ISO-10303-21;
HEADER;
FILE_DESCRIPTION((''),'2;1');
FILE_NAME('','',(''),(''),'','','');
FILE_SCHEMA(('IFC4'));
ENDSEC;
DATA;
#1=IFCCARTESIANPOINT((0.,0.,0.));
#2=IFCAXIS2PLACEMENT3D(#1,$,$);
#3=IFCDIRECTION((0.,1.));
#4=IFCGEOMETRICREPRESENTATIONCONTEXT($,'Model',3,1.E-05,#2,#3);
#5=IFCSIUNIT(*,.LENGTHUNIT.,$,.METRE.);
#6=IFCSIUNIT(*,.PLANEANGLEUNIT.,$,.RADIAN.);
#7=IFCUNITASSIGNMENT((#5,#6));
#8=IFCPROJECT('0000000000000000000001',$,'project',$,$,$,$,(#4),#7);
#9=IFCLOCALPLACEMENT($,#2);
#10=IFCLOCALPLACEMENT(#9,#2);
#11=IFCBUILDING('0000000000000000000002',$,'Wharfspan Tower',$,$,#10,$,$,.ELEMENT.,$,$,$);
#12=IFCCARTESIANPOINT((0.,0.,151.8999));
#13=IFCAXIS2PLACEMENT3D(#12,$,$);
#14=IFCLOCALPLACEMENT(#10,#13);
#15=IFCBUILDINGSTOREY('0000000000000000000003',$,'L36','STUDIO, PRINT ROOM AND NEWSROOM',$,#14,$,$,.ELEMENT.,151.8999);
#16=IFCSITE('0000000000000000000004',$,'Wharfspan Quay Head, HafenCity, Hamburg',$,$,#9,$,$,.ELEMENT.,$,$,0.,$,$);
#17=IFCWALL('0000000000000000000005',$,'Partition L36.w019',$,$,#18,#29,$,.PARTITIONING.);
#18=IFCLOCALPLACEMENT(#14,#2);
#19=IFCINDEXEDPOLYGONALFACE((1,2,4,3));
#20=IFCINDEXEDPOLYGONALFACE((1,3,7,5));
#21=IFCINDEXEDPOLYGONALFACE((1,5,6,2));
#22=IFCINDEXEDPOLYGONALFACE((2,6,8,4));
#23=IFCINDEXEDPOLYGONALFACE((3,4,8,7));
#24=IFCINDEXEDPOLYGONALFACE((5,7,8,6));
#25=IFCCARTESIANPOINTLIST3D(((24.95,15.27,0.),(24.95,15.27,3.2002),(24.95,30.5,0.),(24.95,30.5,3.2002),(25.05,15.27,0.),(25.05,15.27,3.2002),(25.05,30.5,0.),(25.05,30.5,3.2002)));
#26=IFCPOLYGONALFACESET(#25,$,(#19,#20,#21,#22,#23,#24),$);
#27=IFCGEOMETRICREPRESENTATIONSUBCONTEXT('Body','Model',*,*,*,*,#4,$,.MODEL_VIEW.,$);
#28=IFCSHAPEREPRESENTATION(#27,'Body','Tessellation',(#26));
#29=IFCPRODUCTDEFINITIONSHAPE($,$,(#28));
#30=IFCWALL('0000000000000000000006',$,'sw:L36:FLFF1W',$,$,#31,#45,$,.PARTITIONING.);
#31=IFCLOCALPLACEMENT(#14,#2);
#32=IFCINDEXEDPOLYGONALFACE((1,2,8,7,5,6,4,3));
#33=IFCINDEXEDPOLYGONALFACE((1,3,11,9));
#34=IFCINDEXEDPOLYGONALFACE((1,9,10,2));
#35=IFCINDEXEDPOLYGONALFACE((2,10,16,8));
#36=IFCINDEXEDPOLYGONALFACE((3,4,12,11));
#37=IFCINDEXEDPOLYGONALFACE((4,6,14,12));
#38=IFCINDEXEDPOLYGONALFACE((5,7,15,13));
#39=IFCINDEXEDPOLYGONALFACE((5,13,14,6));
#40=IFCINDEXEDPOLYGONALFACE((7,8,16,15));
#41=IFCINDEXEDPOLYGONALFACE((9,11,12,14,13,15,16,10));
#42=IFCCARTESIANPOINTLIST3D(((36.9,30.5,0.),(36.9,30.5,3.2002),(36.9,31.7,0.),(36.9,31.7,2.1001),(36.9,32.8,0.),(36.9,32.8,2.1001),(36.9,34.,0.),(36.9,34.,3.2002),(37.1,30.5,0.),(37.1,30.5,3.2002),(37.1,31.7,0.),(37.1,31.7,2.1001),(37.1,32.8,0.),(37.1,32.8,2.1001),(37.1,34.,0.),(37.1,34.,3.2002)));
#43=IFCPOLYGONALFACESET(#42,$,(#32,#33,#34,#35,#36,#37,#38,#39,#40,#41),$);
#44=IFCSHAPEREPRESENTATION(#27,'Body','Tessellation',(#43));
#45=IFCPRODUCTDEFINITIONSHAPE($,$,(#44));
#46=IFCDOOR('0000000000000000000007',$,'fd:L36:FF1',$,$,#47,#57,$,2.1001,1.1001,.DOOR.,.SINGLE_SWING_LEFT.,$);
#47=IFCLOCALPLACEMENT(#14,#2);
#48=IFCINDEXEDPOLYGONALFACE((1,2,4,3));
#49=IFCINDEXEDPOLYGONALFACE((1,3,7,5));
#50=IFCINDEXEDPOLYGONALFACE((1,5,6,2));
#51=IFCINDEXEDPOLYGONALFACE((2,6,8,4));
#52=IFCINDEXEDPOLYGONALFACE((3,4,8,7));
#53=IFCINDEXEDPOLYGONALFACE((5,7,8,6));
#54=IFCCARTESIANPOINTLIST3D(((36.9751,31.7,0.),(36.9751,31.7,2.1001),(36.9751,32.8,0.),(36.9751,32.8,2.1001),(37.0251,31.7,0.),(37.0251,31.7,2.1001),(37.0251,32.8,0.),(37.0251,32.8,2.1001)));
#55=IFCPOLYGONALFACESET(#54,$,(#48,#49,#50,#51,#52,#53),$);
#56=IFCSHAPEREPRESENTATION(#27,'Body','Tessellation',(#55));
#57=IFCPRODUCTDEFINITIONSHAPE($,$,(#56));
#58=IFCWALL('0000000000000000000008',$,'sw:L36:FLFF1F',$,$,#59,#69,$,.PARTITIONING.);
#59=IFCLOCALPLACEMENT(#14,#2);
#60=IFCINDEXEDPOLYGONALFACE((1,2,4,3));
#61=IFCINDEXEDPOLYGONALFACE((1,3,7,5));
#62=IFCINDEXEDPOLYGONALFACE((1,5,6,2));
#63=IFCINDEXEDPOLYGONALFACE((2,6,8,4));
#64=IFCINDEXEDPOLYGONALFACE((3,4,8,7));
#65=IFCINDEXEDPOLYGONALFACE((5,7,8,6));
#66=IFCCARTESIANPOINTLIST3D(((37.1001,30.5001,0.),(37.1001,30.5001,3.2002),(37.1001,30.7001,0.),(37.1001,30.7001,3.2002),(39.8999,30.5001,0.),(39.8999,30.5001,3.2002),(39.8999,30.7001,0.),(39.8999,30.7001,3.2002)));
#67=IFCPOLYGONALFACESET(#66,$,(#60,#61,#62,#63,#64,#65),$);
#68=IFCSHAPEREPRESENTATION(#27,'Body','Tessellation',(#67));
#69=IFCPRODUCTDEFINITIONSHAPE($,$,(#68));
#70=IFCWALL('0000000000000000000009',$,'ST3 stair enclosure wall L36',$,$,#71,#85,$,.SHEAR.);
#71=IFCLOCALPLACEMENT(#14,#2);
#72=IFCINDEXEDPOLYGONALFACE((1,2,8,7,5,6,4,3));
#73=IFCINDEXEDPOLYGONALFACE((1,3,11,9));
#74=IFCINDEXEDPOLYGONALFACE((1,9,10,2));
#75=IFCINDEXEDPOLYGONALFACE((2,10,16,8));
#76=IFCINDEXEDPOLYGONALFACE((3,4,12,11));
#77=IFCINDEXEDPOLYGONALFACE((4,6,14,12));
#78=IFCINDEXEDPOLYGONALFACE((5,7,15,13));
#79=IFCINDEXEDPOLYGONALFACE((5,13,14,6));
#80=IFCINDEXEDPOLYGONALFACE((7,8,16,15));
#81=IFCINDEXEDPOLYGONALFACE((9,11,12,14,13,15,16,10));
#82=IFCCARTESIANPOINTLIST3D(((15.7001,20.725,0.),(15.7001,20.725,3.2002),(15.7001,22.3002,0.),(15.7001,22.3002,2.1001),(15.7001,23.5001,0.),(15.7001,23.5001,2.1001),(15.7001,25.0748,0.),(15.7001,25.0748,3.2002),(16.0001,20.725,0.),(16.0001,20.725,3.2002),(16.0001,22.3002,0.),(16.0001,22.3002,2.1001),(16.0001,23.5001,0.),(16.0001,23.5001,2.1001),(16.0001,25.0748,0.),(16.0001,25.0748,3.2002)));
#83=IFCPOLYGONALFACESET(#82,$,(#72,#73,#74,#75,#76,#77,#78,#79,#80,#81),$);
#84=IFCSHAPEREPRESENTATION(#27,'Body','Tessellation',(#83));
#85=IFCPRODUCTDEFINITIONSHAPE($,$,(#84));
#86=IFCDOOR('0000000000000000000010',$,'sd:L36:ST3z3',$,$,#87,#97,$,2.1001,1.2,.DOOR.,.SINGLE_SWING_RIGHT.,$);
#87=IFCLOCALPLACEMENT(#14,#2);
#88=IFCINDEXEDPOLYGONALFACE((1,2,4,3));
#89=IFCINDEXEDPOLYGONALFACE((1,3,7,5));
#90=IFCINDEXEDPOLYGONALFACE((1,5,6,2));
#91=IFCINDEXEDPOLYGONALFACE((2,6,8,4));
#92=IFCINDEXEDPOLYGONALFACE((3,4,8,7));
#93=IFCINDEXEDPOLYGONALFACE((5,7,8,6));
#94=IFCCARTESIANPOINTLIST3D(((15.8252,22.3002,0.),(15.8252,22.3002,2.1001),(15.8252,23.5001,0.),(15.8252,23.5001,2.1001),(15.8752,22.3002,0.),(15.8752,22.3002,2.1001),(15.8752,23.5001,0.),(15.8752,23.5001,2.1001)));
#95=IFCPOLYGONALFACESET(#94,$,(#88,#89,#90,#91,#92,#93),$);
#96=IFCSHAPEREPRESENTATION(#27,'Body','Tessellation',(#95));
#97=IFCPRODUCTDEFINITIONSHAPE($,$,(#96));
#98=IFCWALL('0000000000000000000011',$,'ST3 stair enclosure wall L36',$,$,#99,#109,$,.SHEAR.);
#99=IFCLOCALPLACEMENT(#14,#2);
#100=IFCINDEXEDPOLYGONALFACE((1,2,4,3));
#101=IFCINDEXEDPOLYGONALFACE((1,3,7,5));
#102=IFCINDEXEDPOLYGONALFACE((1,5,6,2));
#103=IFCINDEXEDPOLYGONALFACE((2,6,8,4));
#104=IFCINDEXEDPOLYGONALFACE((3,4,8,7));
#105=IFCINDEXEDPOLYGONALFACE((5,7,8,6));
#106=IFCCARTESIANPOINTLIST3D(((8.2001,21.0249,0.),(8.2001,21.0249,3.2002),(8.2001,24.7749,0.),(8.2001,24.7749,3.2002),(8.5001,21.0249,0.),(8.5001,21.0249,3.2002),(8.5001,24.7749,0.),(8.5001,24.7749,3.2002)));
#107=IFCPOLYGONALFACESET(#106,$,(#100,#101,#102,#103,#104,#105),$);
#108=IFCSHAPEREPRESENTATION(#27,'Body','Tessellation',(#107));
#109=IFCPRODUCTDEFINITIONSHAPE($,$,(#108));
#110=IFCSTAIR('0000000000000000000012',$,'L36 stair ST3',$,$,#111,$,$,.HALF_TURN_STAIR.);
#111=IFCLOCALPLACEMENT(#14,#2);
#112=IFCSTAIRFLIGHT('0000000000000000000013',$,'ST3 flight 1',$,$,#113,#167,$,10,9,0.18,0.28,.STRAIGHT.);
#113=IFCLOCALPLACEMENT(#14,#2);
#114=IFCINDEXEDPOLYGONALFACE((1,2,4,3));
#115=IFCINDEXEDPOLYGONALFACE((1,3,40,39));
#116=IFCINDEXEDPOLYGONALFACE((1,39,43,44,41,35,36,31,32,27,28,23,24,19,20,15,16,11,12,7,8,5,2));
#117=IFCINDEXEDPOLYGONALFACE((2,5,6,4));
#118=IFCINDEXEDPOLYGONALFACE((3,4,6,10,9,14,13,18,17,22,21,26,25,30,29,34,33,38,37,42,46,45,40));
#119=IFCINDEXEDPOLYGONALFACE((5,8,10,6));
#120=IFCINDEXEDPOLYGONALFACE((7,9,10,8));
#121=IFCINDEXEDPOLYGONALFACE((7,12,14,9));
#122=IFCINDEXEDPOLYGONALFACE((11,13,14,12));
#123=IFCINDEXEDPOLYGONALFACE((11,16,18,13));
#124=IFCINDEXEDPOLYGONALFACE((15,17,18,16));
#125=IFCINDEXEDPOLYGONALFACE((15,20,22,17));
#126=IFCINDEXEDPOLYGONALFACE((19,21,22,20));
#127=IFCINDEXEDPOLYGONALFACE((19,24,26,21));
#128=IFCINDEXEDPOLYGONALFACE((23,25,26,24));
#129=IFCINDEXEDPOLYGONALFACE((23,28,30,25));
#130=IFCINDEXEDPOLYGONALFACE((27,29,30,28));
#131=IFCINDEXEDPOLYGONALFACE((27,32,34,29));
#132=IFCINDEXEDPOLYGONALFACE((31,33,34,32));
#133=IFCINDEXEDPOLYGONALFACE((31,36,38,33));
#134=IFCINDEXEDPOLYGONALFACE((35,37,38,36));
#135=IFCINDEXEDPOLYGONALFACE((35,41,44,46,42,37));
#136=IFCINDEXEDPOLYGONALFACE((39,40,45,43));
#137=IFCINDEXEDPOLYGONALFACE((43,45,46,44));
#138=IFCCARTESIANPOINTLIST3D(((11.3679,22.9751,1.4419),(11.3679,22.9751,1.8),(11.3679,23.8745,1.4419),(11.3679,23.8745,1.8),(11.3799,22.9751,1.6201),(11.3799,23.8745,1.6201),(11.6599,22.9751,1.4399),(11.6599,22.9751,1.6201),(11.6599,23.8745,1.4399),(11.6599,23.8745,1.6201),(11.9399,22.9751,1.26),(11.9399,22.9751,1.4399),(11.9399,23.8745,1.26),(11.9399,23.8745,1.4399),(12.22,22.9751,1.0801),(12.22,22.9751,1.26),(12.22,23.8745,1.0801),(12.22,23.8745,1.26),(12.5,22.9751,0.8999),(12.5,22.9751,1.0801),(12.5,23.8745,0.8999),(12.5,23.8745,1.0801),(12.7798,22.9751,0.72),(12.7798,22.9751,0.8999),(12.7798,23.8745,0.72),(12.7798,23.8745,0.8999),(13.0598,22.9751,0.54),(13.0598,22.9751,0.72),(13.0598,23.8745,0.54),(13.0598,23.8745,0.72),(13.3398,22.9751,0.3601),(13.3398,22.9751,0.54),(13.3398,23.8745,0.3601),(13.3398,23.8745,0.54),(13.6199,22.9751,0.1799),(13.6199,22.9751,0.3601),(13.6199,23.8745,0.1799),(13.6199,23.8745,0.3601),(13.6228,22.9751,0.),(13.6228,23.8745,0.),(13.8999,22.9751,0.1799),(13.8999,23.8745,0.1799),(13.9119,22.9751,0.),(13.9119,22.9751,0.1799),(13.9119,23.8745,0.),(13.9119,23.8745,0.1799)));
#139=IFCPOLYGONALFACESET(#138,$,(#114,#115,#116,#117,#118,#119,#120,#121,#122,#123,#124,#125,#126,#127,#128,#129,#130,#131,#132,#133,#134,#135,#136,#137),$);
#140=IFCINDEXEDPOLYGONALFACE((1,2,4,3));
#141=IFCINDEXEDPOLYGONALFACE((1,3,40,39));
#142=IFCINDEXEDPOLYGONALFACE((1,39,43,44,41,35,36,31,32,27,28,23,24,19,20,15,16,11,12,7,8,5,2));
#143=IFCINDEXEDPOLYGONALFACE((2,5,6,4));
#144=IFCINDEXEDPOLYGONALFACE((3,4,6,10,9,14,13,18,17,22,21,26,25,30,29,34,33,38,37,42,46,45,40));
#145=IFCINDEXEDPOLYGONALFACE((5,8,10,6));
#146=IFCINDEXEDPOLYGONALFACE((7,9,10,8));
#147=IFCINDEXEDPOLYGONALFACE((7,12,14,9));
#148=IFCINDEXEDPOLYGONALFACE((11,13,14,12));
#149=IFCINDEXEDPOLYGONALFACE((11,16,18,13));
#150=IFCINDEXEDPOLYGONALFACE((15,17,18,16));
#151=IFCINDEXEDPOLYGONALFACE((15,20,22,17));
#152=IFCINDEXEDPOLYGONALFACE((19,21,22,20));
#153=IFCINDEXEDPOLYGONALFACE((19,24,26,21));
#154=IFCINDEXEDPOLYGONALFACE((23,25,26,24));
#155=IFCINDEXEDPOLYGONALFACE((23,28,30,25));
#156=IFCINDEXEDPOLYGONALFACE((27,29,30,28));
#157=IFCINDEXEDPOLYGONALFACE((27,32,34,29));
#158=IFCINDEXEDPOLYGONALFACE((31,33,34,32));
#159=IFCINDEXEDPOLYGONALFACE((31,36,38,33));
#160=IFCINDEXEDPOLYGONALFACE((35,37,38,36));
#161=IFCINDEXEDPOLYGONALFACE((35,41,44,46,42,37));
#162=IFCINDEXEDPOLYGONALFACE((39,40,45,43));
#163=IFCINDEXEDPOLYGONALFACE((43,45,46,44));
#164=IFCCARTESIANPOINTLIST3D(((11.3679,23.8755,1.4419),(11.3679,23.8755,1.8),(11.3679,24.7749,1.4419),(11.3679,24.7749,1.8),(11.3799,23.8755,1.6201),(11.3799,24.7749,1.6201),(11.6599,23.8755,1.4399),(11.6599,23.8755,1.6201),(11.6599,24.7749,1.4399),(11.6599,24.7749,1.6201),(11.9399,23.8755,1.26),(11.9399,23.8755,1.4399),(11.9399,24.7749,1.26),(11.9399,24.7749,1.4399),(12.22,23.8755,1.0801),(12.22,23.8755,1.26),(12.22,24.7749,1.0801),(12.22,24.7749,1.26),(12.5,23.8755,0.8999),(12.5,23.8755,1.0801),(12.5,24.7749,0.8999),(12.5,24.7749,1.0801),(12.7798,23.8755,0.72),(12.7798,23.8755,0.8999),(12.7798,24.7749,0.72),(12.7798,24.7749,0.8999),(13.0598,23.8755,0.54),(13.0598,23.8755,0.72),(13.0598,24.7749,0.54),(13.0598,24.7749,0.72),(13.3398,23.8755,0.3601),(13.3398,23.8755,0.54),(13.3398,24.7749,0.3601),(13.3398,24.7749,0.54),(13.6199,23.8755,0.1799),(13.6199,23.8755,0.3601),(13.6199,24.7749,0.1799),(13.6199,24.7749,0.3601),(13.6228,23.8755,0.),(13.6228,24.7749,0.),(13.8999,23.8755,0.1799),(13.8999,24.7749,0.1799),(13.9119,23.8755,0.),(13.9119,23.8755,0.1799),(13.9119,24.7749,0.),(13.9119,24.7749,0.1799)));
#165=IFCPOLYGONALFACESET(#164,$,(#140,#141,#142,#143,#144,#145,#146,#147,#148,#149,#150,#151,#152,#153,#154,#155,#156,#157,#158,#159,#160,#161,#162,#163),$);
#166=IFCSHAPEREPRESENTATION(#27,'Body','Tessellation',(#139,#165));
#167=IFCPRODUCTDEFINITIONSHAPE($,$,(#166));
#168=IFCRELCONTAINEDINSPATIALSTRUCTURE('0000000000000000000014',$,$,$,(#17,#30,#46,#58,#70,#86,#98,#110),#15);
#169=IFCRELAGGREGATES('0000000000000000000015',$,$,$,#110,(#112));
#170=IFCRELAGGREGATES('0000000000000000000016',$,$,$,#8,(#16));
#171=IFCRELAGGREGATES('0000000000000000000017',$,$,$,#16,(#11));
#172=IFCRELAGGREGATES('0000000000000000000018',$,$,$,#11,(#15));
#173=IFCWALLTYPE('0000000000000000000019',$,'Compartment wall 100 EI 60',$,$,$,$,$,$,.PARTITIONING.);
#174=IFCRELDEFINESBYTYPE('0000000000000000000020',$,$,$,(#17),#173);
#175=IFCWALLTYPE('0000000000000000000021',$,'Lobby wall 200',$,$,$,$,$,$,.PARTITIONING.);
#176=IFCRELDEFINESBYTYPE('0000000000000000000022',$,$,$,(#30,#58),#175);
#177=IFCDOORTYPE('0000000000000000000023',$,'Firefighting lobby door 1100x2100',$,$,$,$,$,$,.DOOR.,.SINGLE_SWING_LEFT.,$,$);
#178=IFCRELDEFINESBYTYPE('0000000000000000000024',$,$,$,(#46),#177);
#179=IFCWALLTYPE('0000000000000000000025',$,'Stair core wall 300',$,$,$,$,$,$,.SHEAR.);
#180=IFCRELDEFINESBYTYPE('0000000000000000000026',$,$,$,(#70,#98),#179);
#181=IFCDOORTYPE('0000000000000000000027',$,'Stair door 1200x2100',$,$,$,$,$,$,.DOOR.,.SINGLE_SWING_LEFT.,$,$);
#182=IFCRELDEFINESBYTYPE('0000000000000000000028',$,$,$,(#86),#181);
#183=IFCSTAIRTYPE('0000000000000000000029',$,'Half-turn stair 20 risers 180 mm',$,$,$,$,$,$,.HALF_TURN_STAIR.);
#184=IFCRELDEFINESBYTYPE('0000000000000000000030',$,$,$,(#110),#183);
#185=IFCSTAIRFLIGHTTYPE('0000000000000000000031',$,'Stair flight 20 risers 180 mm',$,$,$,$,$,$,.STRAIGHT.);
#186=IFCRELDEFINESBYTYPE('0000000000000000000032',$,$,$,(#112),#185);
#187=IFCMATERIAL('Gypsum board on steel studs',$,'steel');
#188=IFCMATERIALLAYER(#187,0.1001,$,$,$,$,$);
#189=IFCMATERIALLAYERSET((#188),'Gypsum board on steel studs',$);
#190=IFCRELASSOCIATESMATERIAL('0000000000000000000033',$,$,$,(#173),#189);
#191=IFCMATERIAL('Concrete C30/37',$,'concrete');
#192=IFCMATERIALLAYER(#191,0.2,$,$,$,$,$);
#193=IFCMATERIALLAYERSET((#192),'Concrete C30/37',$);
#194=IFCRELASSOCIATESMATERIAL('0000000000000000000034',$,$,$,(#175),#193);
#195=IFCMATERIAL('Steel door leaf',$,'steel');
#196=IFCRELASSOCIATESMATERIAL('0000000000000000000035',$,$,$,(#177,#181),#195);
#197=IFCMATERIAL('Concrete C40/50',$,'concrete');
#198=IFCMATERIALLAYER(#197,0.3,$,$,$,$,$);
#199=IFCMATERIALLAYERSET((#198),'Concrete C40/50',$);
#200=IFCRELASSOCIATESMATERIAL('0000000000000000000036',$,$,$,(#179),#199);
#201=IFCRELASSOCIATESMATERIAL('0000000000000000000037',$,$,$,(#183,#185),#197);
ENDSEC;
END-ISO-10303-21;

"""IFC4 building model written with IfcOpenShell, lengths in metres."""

from ifc_helpers import new_model, si_unit, direction, frame, frame_2d, origin, place, context, subcontext, project, spatial, polyline, rectangle, outline, extrude, material, layer, layer_set, type_object, element, fill, aggregate, save


model = new_model("IFC4")

# Units and contexts
model_context = context("Model", 3, precision=1e-05, world=origin(), true_north=direction((0.0, 1.0)))
body_context = subcontext(model_context, "Body", "Model", "MODEL_VIEW")
ifc_project = project(units=[si_unit("LENGTHUNIT", "METRE"), si_unit("PLANEANGLEUNIT", "RADIAN")], contexts=[model_context])

# Site, building, storey
site_placement = place(None, origin())
site = spatial("IfcSite", under=ifc_project, at=site_placement, Name="Wharfspan Quay Head, HafenCity, Hamburg", CompositionType="ELEMENT", RefElevation=0.0)
building_placement = place(site_placement, origin())
building = spatial("IfcBuilding", under=site, at=building_placement, Name="Wharfspan Tower", CompositionType="ELEMENT")
storey_placement = place(building_placement, frame((0.0, 0.0, 151.8999)))
storey = spatial("IfcBuildingStorey", under=building, at=storey_placement, Name="L36", Description="STUDIO, PRINT ROOM AND NEWSROOM", CompositionType="ELEMENT", Elevation=151.8999)

# Shared definitions
ifc_material_1 = material(Name="Gypsum board on steel studs", Category="steel")
ifc_layer_1 = layer(ifc_material_1, 0.1001)
ifc_layer_set_1 = layer_set([ifc_layer_1], Name="Gypsum board on steel studs")
wall_type_1 = type_object("IfcWallType", Name="Compartment wall 100 EI 60", PredefinedType="PARTITIONING", material=ifc_layer_set_1)

# Wall
wall_1_placement = place(storey_placement, frame((25.0, 15.27, 0.0), z_axis=(0.0, 0.0, 1.0), x_axis=(0.0, 1.0, 0.0)))
element("IfcWall", 1, at=wall_1_placement, inside=storey, type_object=wall_type_1, Name="Partition L36.w019", PredefinedType="PARTITIONING", context=body_context, shape_type="SweptSolid", body=[
    extrude(rectangle(XDim=15.23, YDim=0.1001, at=frame_2d((7.615, 0.0))), origin(), (0.0, 0.0, 1.0), 3.2002),
])

# Wall, opening, door
ifc_material_2 = material(Name="Concrete C30/37", Category="concrete")
ifc_layer_2 = layer(ifc_material_2, 0.2)
ifc_layer_set_2 = layer_set([ifc_layer_2], Name="Concrete C30/37")
wall_type_2 = type_object("IfcWallType", Name="Lobby wall 200", PredefinedType="PARTITIONING", material=ifc_layer_set_2)
wall_2_placement = place(storey_placement, frame((37.0, 30.5, 0.0), z_axis=(0.0, 0.0, 1.0), x_axis=(0.0, 1.0, 0.0)))
wall_2 = element("IfcWall", 2, at=wall_2_placement, inside=storey, type_object=wall_type_2, Name="sw:L36:FLFF1W", PredefinedType="PARTITIONING", context=body_context, shape_type="SweptSolid", body=[
    extrude(rectangle(XDim=3.5, YDim=0.2, at=frame_2d((1.75, 0.0))), origin(), (0.0, 0.0, 1.0), 3.2002),
])
opening_1_placement = place(wall_2_placement, frame((1.2, 0.0, 0.0)))
opening_1 = element("IfcOpeningElement", 3, at=opening_1_placement, cuts=wall_2, PredefinedType="OPENING", context=body_context, shape_type="SweptSolid", body=[
    extrude(rectangle(XDim=1.1001, YDim=2.1001, at=frame_2d((0.55, 1.05))), frame((0.0, 0.1099, 0.0), z_axis=(0.0, -1.0, 0.0), x_axis=(1.0, 0.0, 0.0)), (0.0, 0.0, 1.0), 0.22),
])
ifc_material_3 = material(Name="Steel door leaf", Category="steel")
door_type_1 = type_object("IfcDoorType", Name="Firefighting lobby door 1100x2100", OperationType="SINGLE_SWING_LEFT", PredefinedType="DOOR", material=ifc_material_3)
door_1_placement = place(opening_1_placement, origin())
door_1 = element("IfcDoor", 4, at=door_1_placement, inside=storey, type_object=door_type_1, Name="fd:L36:FF1", OperationType="SINGLE_SWING_LEFT", OverallHeight=2.1001, OverallWidth=1.1001, PredefinedType="DOOR", context=body_context, shape_type="SweptSolid", body=[
    extrude(rectangle(XDim=1.1001, YDim=2.1001, at=frame_2d((0.55, 1.05))), frame((0.0, 0.0249, 0.0), z_axis=(0.0, -1.0, 0.0), x_axis=(1.0, 0.0, 0.0)), (0.0, 0.0, 1.0), 0.05),
])
fill(opening_1, door_1)

# Wall
wall_3_placement = place(storey_placement, frame((37.1001, 30.6001, 0.0), z_axis=(0.0, 0.0, 1.0), x_axis=(1.0, 0.0, 0.0)))
element("IfcWall", 5, at=wall_3_placement, inside=storey, type_object=wall_type_2, Name="sw:L36:FLFF1F", PredefinedType="PARTITIONING", context=body_context, shape_type="SweptSolid", body=[
    extrude(rectangle(XDim=2.7998, YDim=0.2, at=frame_2d((1.3999, 0.0))), origin(), (0.0, 0.0, 1.0), 3.2002),
])

# Wall, opening, door
ifc_material_4 = material(Name="Concrete C40/50", Category="concrete")
ifc_layer_3 = layer(ifc_material_4, 0.3)
ifc_layer_set_3 = layer_set([ifc_layer_3], Name="Concrete C40/50")
wall_type_3 = type_object("IfcWallType", Name="Stair core wall 300", PredefinedType="SHEAR", material=ifc_layer_set_3)
wall_4_placement = place(storey_placement, frame((15.8501, 20.7251, 0.0), z_axis=(0.0, 0.0, 1.0), x_axis=(0.0, 1.0, 0.0)))
wall_4 = element("IfcWall", 6, at=wall_4_placement, inside=storey, type_object=wall_type_3, Name="ST3 stair enclosure wall L36", PredefinedType="SHEAR", context=body_context, shape_type="SweptSolid", body=[
    extrude(rectangle(XDim=4.3499, YDim=0.3, at=frame_2d((2.1748, 0.0))), origin(), (0.0, 0.0, 1.0), 3.2002),
])
opening_2_placement = place(wall_4_placement, frame((1.575, 0.0, 0.0)))
opening_2 = element("IfcOpeningElement", 7, at=opening_2_placement, cuts=wall_4, PredefinedType="OPENING", context=body_context, shape_type="SweptSolid", body=[
    extrude(rectangle(XDim=1.2, YDim=2.1001, at=frame_2d((0.6001, 1.05))), frame((0.0, 0.1599, 0.0), z_axis=(0.0, -1.0, 0.0), x_axis=(1.0, 0.0, 0.0)), (0.0, 0.0, 1.0), 0.3201),
])
door_type_2 = type_object("IfcDoorType", Name="Stair door 1200x2100", OperationType="SINGLE_SWING_LEFT", PredefinedType="DOOR", material=ifc_material_3)
door_2_placement = place(opening_2_placement, origin())
door_2 = element("IfcDoor", 8, at=door_2_placement, inside=storey, type_object=door_type_2, Name="sd:L36:ST3z3", OperationType="SINGLE_SWING_RIGHT", OverallHeight=2.1001, OverallWidth=1.2, PredefinedType="DOOR", context=body_context, shape_type="SweptSolid", body=[
    extrude(rectangle(XDim=1.2, YDim=2.1001, at=frame_2d((0.6001, 1.05))), frame((0.0, 0.0249, 0.0), z_axis=(0.0, -1.0, 0.0), x_axis=(1.0, 0.0, 0.0)), (0.0, 0.0, 1.0), 0.05),
])
fill(opening_2, door_2)

# Wall
wall_5_placement = place(storey_placement, frame((8.3501, 21.0249, 0.0), z_axis=(0.0, 0.0, 1.0), x_axis=(0.0, 1.0, 0.0)))
element("IfcWall", 9, at=wall_5_placement, inside=storey, type_object=wall_type_3, Name="ST3 stair enclosure wall L36", PredefinedType="SHEAR", context=body_context, shape_type="SweptSolid", body=[
    extrude(rectangle(XDim=3.75, YDim=0.3, at=frame_2d((1.875, 0.0))), origin(), (0.0, 0.0, 1.0), 3.2002),
])

# Stair, stair flight
stair_type = type_object("IfcStairType", Name="Half-turn stair 20 risers 180 mm", PredefinedType="HALF_TURN_STAIR", material=ifc_material_4)
stair_placement = place(storey_placement, origin())
stair = element("IfcStair", 10, at=stair_placement, inside=storey, type_object=stair_type, Name="L36 stair ST3", PredefinedType="HALF_TURN_STAIR")
stair_flight_type = type_object("IfcStairFlightType", Name="Stair flight 20 risers 180 mm", PredefinedType="STRAIGHT", material=ifc_material_4)
stair_flight_1_placement = place(storey_placement, frame((13.8999, 23.875, 0.0), z_axis=(0.0, 0.0, 1.0), x_axis=(-1.0, 0.0, 0.0)))
stair_flight_1 = element("IfcStairFlight", 11, at=stair_flight_1_placement, type_object=stair_flight_type, Name="ST3 flight 1", NumberOfRisers=10, NumberOfTreads=9, PredefinedType="STRAIGHT", RiserHeight=0.18, TreadLength=0.28, context=body_context, shape_type="SweptSolid", body=[
    extrude(outline(polyline([(-0.012, 0.0), (-0.012, 0.1799), (0.0, 0.1799), (0.28, 0.1799), (0.28, 0.3601), (0.5601, 0.3601), (0.5601, 0.54), (0.8401, 0.54), (0.8401, 0.72), (1.1201, 0.72), (1.1201, 0.8999), (1.3999, 0.8999), (1.3999, 1.0801), (1.6799, 1.0801), (1.6799, 1.26), (1.96, 1.26), (1.96, 1.4399), (2.24, 1.4399), (2.24, 1.6201), (2.52, 1.6201), (2.532, 1.8), (2.532, 1.4419), (0.2771, 0.0), (-0.012, 0.0)])), frame((0.0, 0.8999, 0.0), z_axis=(0.0, -1.0, 0.0), x_axis=(1.0, 0.0, 0.0)), (0.0, 0.0, 1.0), 0.8994),
    extrude(outline(polyline([(-0.012, 0.0), (-0.012, 0.1799), (0.0, 0.1799), (0.28, 0.1799), (0.28, 0.3601), (0.5601, 0.3601), (0.5601, 0.54), (0.8401, 0.54), (0.8401, 0.72), (1.1201, 0.72), (1.1201, 0.8999), (1.3999, 0.8999), (1.3999, 1.0801), (1.6799, 1.0801), (1.6799, 1.26), (1.96, 1.26), (1.96, 1.4399), (2.24, 1.4399), (2.24, 1.6201), (2.52, 1.6201), (2.532, 1.8), (2.532, 1.4419), (0.2771, 0.0), (-0.012, 0.0)])), frame((0.0, -0.0005, 0.0), z_axis=(0.0, -1.0, 0.0), x_axis=(1.0, 0.0, 0.0)), (0.0, 0.0, 1.0), 0.8994),
])
aggregate(stair, [stair_flight_1])

save(model, "model.ifc")
